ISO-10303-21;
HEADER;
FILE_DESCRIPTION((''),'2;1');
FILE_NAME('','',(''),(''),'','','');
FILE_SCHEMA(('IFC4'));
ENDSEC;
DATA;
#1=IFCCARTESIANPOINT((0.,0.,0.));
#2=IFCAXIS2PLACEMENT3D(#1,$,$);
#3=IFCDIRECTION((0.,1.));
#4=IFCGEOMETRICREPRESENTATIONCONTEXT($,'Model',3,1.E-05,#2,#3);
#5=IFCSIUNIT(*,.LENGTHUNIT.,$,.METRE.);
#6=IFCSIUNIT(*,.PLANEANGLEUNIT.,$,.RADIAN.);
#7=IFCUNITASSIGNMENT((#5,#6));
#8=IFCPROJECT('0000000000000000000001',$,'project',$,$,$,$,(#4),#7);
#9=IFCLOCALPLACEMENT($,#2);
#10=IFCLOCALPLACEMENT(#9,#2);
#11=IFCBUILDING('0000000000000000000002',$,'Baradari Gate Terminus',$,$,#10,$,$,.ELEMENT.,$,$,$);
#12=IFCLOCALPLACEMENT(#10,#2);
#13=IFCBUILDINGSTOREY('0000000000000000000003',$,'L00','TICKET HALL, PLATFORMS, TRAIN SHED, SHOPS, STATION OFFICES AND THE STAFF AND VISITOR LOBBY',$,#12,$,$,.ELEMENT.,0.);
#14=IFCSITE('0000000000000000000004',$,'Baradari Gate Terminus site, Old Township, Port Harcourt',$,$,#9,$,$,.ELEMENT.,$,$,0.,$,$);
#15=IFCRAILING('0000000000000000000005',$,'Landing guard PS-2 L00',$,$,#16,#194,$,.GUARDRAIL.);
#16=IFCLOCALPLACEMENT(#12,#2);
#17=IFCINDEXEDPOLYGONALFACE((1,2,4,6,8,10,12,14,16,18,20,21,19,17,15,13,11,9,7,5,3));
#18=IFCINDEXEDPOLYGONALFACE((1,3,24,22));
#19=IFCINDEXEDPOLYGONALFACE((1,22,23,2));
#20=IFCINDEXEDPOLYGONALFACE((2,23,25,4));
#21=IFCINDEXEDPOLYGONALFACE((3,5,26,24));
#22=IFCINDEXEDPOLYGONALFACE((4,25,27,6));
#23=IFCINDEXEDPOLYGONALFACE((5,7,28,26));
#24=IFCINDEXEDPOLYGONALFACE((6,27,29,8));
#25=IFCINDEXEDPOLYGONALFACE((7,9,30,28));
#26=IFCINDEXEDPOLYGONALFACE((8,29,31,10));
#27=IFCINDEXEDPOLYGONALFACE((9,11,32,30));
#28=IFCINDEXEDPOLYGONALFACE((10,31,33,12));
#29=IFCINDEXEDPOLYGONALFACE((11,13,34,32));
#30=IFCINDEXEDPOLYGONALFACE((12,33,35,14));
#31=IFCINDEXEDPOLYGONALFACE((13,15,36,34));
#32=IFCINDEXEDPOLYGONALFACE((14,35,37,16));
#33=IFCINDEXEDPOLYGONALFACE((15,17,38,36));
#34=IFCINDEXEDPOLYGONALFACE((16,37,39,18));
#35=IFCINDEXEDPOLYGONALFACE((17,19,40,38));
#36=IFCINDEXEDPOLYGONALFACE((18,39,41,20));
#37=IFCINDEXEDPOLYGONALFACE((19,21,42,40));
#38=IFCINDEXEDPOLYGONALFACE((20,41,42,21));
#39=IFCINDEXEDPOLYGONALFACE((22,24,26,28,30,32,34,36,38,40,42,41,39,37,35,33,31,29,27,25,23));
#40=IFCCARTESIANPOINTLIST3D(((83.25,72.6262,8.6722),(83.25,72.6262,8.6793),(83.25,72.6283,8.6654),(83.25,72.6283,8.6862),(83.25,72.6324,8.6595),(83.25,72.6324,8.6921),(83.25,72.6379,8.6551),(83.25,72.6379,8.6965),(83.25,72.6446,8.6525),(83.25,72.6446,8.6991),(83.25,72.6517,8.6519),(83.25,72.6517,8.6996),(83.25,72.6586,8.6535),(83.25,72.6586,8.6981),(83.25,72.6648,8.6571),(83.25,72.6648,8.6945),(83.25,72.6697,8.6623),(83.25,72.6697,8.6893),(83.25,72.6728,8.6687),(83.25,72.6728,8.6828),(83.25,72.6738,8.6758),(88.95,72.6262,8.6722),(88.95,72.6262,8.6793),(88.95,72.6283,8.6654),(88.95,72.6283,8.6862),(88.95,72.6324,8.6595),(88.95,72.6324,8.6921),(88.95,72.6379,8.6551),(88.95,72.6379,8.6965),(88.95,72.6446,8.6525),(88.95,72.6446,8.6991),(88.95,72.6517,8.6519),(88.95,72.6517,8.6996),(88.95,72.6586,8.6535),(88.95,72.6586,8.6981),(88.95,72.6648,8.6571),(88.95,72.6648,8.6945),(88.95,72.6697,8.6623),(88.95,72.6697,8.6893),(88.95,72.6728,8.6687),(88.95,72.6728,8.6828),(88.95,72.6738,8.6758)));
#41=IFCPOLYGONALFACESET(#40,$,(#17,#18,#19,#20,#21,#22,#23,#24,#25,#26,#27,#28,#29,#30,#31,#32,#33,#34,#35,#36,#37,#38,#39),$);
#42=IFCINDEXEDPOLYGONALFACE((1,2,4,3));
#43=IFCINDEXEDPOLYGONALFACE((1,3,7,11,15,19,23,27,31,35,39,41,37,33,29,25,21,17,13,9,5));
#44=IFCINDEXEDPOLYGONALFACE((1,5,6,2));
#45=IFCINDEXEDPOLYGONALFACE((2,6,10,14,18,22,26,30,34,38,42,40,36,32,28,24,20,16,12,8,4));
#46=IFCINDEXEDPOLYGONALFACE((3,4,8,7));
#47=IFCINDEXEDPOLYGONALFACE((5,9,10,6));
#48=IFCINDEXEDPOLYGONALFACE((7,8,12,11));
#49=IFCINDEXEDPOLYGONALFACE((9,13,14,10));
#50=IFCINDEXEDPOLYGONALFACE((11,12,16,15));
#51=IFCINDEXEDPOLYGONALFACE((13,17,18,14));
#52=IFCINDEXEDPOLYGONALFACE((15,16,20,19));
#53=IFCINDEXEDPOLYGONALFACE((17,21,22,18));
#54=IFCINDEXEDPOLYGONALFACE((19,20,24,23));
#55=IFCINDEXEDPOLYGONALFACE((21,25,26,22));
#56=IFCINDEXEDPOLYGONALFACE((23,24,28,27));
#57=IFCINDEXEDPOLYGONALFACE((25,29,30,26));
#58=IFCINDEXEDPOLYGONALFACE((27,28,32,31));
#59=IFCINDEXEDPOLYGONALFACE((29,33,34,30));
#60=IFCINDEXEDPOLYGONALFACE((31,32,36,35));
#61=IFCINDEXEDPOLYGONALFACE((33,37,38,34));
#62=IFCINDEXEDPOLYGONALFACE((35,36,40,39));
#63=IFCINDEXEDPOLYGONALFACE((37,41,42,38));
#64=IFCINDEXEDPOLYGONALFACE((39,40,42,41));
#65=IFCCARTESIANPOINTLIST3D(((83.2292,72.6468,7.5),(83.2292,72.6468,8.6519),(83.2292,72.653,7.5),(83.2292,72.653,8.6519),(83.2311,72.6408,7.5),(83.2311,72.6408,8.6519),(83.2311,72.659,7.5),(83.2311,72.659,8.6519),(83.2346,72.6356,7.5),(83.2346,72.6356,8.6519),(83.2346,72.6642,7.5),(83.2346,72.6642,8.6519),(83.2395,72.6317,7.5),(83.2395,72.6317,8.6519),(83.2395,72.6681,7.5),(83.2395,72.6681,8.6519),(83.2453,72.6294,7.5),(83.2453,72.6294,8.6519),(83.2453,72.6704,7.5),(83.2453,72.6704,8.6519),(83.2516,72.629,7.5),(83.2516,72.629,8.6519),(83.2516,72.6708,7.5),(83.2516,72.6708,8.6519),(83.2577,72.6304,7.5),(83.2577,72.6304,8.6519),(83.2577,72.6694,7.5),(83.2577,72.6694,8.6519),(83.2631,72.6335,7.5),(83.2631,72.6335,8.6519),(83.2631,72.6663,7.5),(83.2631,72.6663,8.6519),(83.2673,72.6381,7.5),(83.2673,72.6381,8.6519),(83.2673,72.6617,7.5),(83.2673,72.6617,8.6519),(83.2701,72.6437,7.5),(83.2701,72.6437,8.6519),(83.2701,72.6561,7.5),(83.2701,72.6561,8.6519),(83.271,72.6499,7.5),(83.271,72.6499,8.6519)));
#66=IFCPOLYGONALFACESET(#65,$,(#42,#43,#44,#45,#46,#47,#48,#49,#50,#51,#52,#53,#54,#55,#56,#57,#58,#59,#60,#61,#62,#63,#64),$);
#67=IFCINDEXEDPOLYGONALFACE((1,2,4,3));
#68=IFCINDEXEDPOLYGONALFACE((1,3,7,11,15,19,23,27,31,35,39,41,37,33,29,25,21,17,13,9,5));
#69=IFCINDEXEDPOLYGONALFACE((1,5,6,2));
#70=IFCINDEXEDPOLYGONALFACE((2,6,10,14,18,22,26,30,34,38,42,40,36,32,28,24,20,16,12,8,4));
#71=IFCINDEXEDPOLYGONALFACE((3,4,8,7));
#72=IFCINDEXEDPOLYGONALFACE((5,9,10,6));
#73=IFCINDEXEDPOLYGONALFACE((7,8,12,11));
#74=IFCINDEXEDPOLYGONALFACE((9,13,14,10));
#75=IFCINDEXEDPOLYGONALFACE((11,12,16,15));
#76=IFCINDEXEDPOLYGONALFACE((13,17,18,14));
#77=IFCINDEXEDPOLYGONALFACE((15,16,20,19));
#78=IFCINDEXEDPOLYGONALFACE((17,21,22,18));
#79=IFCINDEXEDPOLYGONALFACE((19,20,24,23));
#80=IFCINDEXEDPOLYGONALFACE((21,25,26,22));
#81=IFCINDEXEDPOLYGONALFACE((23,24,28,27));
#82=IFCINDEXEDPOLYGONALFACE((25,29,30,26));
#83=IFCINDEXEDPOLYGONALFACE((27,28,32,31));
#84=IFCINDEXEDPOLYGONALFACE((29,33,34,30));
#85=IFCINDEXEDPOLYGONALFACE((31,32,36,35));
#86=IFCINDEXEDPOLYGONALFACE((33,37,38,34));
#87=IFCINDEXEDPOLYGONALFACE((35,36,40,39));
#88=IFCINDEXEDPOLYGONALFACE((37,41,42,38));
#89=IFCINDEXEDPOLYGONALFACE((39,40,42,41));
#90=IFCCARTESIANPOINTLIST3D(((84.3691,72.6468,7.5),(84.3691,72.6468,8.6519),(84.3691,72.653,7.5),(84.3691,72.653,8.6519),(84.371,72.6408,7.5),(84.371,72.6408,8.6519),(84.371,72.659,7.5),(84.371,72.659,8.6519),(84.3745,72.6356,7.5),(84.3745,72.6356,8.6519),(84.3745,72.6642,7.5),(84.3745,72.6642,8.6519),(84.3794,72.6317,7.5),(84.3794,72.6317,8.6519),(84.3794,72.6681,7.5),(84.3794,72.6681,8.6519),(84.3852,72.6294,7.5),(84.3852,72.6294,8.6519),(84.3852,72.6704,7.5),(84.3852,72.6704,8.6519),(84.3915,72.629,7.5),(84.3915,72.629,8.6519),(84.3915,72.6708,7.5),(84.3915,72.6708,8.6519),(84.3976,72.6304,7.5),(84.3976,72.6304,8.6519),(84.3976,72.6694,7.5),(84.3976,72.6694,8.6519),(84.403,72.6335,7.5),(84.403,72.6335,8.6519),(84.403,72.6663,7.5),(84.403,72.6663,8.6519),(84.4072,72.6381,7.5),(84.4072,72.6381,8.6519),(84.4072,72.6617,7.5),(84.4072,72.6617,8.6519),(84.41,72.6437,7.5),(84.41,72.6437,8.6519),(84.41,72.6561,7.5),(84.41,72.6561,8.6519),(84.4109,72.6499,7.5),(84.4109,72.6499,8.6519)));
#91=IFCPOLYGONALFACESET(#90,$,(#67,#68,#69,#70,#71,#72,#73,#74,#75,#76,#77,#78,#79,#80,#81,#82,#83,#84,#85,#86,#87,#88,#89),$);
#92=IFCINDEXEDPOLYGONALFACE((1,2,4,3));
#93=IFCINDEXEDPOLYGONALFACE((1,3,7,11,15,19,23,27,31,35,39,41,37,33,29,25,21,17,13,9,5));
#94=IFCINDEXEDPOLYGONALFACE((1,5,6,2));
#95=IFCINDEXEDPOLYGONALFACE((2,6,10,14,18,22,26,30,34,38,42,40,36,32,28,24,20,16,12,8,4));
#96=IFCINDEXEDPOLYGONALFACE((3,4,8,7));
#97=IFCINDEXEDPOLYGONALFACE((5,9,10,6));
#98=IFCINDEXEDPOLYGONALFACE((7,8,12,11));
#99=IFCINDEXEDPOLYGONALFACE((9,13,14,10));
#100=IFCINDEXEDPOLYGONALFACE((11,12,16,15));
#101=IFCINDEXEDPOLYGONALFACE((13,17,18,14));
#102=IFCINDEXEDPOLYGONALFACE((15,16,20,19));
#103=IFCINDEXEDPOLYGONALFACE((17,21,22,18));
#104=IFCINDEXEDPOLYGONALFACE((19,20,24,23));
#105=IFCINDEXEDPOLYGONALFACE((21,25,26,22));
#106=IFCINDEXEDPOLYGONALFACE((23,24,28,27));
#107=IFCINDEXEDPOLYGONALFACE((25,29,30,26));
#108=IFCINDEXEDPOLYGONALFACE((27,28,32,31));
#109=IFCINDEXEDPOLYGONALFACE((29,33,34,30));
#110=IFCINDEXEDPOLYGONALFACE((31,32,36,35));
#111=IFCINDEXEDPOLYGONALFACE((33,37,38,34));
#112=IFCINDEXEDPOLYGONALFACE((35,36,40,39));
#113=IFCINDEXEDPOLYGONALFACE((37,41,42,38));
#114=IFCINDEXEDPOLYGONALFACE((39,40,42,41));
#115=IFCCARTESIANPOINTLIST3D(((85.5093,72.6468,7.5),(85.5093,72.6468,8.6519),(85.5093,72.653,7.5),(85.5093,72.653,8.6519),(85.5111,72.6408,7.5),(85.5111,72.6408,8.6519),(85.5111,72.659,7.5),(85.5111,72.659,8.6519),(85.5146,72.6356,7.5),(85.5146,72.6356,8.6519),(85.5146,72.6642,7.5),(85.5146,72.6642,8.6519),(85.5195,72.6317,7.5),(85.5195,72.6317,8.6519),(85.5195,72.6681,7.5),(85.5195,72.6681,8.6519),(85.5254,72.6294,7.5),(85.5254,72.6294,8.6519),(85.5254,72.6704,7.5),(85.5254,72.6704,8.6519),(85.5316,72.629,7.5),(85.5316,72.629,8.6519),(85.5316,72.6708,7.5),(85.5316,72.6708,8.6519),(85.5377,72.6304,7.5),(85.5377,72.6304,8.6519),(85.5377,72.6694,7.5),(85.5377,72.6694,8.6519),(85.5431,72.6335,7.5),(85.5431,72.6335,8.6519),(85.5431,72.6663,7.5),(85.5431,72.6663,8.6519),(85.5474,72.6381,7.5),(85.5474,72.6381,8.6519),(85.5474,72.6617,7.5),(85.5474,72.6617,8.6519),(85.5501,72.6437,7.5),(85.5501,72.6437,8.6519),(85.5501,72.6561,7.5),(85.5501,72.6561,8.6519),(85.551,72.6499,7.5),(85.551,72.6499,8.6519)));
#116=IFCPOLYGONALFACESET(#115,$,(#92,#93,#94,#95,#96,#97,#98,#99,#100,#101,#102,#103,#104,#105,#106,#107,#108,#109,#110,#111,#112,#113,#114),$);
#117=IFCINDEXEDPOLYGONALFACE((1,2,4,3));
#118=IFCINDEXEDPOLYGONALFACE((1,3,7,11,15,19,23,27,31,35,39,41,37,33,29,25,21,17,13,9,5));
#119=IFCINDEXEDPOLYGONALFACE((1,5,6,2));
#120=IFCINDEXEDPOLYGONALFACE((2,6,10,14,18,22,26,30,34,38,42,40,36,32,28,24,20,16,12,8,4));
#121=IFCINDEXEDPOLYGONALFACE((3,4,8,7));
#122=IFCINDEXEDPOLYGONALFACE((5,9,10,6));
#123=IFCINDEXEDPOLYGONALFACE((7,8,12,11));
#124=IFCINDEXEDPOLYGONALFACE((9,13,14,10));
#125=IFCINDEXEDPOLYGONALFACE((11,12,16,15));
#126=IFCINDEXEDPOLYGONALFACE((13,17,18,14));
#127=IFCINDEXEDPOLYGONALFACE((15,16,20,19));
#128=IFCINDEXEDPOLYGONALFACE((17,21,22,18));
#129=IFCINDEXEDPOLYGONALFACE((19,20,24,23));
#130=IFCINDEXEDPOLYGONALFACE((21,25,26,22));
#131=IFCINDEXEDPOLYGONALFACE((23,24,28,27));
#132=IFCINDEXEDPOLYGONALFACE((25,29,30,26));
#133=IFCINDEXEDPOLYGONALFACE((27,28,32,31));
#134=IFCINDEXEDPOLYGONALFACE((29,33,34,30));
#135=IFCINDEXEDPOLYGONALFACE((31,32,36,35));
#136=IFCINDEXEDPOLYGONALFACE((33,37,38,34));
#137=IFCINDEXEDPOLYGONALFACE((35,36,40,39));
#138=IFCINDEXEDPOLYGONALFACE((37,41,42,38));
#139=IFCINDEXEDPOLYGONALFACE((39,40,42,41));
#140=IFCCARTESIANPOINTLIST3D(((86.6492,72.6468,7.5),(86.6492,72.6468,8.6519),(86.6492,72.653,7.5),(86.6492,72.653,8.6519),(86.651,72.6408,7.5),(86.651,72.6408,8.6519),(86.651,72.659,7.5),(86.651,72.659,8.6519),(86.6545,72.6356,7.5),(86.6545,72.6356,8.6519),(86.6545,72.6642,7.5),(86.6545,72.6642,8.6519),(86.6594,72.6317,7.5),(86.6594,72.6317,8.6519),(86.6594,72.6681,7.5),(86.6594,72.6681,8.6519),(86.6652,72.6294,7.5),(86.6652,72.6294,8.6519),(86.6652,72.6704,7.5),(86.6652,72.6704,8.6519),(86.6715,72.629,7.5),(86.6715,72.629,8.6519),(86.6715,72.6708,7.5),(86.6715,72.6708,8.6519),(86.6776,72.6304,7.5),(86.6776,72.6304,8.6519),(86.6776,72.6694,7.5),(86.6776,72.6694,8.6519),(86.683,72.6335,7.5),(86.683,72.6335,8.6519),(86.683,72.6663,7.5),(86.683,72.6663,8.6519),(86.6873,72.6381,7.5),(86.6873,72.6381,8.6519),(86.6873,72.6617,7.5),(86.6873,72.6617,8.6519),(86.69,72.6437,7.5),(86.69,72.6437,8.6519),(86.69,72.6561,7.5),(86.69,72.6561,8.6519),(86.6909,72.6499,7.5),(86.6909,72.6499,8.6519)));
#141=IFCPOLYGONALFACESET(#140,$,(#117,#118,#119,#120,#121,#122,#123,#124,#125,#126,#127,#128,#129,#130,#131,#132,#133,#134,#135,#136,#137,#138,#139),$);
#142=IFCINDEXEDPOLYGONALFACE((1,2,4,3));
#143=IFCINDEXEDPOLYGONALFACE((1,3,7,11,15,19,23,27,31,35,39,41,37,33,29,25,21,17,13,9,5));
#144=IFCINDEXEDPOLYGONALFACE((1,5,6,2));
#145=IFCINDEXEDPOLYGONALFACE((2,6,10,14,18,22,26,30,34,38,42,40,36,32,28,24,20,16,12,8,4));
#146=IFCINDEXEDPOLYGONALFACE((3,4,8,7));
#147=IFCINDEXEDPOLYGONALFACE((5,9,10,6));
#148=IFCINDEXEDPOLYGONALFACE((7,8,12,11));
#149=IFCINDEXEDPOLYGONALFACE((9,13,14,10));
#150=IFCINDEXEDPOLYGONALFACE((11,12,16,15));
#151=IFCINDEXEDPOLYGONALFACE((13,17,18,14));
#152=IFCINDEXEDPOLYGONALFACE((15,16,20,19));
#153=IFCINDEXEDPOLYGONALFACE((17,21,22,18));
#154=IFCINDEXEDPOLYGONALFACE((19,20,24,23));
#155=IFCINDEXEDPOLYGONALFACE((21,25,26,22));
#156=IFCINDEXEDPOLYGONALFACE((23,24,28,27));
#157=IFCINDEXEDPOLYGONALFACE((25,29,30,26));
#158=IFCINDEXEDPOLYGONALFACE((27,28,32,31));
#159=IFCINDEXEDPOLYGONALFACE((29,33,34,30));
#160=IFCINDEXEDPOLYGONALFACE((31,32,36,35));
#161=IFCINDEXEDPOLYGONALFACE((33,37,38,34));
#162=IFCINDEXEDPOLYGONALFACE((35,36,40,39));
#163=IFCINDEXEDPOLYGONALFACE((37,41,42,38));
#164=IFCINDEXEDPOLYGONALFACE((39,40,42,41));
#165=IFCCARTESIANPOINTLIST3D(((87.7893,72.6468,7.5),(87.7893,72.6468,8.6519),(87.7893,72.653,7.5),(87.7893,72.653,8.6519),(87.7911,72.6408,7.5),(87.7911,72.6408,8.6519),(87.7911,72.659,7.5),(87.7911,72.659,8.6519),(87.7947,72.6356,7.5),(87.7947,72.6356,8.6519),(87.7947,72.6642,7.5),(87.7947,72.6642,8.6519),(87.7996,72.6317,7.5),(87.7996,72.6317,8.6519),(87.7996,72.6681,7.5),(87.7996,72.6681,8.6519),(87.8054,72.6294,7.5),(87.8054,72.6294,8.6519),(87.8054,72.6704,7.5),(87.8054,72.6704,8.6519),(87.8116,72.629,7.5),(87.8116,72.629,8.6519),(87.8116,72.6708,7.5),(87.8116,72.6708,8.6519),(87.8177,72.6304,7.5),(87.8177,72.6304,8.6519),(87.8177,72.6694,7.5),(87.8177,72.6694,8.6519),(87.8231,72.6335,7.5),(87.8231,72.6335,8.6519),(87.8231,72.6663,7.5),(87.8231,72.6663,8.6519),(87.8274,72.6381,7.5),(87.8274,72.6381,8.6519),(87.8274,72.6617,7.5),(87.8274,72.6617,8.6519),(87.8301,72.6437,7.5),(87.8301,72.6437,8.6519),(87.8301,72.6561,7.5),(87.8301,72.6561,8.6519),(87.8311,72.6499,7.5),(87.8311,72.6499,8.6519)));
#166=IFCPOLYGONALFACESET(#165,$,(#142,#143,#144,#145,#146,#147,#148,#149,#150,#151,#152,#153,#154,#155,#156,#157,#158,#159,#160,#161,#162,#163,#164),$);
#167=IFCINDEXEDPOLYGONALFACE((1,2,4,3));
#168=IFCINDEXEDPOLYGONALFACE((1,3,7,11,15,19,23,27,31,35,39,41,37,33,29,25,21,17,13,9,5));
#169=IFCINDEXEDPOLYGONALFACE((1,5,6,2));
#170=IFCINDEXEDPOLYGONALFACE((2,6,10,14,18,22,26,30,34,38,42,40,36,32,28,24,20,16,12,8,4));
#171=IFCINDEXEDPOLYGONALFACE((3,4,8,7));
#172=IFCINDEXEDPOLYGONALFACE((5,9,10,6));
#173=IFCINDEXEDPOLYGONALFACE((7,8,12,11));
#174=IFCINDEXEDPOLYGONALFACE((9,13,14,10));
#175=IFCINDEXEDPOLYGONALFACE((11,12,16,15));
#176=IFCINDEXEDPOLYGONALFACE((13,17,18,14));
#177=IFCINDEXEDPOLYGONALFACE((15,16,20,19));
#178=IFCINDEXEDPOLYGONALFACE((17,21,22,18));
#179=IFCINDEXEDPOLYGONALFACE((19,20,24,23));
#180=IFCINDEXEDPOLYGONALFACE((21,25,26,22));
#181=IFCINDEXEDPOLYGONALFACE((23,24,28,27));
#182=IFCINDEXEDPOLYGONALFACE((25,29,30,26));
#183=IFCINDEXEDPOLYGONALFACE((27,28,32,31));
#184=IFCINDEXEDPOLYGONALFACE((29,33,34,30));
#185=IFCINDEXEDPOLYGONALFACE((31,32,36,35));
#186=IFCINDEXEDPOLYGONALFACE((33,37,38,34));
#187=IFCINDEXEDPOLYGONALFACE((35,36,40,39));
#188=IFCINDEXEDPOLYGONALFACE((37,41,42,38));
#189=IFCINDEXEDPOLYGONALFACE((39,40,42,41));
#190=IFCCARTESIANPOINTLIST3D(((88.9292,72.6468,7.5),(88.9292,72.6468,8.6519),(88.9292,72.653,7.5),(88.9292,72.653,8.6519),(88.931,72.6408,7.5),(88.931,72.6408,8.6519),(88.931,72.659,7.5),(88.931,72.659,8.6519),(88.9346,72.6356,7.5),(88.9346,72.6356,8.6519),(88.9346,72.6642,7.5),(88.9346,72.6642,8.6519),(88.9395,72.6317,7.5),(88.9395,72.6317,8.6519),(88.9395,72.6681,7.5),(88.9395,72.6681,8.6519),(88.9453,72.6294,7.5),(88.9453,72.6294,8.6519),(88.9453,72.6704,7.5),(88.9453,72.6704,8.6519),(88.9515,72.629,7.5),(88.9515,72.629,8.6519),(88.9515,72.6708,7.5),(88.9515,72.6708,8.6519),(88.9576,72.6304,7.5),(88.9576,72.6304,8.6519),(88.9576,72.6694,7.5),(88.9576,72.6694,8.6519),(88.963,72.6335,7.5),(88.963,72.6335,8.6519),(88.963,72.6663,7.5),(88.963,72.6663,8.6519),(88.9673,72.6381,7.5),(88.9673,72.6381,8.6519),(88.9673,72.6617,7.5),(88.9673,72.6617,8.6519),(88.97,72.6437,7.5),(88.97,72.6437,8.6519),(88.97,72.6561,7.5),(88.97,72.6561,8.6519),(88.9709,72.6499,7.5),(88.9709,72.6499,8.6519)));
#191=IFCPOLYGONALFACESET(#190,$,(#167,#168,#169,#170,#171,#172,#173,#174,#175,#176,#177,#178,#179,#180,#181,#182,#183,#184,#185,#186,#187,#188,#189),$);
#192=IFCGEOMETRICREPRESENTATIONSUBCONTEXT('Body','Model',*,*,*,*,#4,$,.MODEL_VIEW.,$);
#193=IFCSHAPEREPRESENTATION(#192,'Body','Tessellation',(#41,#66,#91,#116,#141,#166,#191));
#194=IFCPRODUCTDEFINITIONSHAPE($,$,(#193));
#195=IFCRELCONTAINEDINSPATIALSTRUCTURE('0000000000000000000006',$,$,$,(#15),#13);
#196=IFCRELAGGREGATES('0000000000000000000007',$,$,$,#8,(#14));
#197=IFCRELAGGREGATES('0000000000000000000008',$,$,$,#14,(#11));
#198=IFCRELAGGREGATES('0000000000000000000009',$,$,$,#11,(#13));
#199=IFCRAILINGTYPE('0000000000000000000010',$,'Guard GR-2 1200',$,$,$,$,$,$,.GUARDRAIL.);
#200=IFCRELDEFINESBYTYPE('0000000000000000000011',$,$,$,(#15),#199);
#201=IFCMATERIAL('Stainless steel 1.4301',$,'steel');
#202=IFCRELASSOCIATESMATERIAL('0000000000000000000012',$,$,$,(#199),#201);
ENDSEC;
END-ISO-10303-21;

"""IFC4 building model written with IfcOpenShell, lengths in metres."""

from ifc_helpers import new_model, si_unit, direction, frame, origin, origin_2d, place, context, subcontext, project, spatial, circle, extrude, material, type_object, element, save


model = new_model("IFC4")

# Units and contexts
model_context = context("Model", 3, precision=1e-05, world=origin(), true_north=direction((0.0, 1.0)))
body_context = subcontext(model_context, "Body", "Model", "MODEL_VIEW")
ifc_project = project(units=[si_unit("LENGTHUNIT", "METRE"), si_unit("PLANEANGLEUNIT", "RADIAN")], contexts=[model_context])

# Site, building, storey
site_placement = place(None, origin())
site = spatial("IfcSite", under=ifc_project, at=site_placement, Name="Baradari Gate Terminus site, Old Township, Port Harcourt", CompositionType="ELEMENT", RefElevation=0.0)
building_placement = place(site_placement, origin())
building = spatial("IfcBuilding", under=site, at=building_placement, Name="Baradari Gate Terminus", CompositionType="ELEMENT")
storey_placement = place(building_placement, origin())
storey = spatial("IfcBuildingStorey", under=building, at=storey_placement, Name="L00", Description="TICKET HALL, PLATFORMS, TRAIN SHED, SHOPS, STATION OFFICES AND THE STAFF AND VISITOR LOBBY", CompositionType="ELEMENT", Elevation=0.0)

# Railing
ifc_material_1 = material(Name="Stainless steel 1.4301", Category="steel")
railing_type_1 = type_object("IfcRailingType", Name="Guard GR-2 1200", PredefinedType="GUARDRAIL", material=ifc_material_1)
railing_1_placement = place(storey_placement, frame((83.25, 72.6499, 7.5)))
element("IfcRailing", 1, at=railing_1_placement, inside=storey, type_object=railing_type_1, Name="Landing guard PS-2 L00", PredefinedType="GUARDRAIL", context=body_context, shape_type="SweptSolid", body=[
    extrude(circle(Radius=0.0239, at=origin_2d()), frame((0.0, 0.0, 1.1758), z_axis=(1.0, 0.0, 0.0), x_axis=(0.0, 1.0, 0.0)), (0.0, 0.0, 1.0), 5.7),
    extrude(circle(Radius=0.021, at=origin_2d()), origin(), (0.0, 0.0, 1.0), 1.1519),
    extrude(circle(Radius=0.021, at=origin_2d()), frame((1.1399, 0.0, 0.0)), (0.0, 0.0, 1.0), 1.1519),
    extrude(circle(Radius=0.021, at=origin_2d()), frame((2.28, 0.0, 0.0)), (0.0, 0.0, 1.0), 1.1519),
    extrude(circle(Radius=0.021, at=origin_2d()), frame((3.4199, 0.0, 0.0)), (0.0, 0.0, 1.0), 1.1519),
    extrude(circle(Radius=0.021, at=origin_2d()), frame((4.5601, 0.0, 0.0)), (0.0, 0.0, 1.0), 1.1519),
    extrude(circle(Radius=0.021, at=origin_2d()), frame((5.7, 0.0, 0.0)), (0.0, 0.0, 1.0), 1.1519),
])

save(model, "model.ifc")
